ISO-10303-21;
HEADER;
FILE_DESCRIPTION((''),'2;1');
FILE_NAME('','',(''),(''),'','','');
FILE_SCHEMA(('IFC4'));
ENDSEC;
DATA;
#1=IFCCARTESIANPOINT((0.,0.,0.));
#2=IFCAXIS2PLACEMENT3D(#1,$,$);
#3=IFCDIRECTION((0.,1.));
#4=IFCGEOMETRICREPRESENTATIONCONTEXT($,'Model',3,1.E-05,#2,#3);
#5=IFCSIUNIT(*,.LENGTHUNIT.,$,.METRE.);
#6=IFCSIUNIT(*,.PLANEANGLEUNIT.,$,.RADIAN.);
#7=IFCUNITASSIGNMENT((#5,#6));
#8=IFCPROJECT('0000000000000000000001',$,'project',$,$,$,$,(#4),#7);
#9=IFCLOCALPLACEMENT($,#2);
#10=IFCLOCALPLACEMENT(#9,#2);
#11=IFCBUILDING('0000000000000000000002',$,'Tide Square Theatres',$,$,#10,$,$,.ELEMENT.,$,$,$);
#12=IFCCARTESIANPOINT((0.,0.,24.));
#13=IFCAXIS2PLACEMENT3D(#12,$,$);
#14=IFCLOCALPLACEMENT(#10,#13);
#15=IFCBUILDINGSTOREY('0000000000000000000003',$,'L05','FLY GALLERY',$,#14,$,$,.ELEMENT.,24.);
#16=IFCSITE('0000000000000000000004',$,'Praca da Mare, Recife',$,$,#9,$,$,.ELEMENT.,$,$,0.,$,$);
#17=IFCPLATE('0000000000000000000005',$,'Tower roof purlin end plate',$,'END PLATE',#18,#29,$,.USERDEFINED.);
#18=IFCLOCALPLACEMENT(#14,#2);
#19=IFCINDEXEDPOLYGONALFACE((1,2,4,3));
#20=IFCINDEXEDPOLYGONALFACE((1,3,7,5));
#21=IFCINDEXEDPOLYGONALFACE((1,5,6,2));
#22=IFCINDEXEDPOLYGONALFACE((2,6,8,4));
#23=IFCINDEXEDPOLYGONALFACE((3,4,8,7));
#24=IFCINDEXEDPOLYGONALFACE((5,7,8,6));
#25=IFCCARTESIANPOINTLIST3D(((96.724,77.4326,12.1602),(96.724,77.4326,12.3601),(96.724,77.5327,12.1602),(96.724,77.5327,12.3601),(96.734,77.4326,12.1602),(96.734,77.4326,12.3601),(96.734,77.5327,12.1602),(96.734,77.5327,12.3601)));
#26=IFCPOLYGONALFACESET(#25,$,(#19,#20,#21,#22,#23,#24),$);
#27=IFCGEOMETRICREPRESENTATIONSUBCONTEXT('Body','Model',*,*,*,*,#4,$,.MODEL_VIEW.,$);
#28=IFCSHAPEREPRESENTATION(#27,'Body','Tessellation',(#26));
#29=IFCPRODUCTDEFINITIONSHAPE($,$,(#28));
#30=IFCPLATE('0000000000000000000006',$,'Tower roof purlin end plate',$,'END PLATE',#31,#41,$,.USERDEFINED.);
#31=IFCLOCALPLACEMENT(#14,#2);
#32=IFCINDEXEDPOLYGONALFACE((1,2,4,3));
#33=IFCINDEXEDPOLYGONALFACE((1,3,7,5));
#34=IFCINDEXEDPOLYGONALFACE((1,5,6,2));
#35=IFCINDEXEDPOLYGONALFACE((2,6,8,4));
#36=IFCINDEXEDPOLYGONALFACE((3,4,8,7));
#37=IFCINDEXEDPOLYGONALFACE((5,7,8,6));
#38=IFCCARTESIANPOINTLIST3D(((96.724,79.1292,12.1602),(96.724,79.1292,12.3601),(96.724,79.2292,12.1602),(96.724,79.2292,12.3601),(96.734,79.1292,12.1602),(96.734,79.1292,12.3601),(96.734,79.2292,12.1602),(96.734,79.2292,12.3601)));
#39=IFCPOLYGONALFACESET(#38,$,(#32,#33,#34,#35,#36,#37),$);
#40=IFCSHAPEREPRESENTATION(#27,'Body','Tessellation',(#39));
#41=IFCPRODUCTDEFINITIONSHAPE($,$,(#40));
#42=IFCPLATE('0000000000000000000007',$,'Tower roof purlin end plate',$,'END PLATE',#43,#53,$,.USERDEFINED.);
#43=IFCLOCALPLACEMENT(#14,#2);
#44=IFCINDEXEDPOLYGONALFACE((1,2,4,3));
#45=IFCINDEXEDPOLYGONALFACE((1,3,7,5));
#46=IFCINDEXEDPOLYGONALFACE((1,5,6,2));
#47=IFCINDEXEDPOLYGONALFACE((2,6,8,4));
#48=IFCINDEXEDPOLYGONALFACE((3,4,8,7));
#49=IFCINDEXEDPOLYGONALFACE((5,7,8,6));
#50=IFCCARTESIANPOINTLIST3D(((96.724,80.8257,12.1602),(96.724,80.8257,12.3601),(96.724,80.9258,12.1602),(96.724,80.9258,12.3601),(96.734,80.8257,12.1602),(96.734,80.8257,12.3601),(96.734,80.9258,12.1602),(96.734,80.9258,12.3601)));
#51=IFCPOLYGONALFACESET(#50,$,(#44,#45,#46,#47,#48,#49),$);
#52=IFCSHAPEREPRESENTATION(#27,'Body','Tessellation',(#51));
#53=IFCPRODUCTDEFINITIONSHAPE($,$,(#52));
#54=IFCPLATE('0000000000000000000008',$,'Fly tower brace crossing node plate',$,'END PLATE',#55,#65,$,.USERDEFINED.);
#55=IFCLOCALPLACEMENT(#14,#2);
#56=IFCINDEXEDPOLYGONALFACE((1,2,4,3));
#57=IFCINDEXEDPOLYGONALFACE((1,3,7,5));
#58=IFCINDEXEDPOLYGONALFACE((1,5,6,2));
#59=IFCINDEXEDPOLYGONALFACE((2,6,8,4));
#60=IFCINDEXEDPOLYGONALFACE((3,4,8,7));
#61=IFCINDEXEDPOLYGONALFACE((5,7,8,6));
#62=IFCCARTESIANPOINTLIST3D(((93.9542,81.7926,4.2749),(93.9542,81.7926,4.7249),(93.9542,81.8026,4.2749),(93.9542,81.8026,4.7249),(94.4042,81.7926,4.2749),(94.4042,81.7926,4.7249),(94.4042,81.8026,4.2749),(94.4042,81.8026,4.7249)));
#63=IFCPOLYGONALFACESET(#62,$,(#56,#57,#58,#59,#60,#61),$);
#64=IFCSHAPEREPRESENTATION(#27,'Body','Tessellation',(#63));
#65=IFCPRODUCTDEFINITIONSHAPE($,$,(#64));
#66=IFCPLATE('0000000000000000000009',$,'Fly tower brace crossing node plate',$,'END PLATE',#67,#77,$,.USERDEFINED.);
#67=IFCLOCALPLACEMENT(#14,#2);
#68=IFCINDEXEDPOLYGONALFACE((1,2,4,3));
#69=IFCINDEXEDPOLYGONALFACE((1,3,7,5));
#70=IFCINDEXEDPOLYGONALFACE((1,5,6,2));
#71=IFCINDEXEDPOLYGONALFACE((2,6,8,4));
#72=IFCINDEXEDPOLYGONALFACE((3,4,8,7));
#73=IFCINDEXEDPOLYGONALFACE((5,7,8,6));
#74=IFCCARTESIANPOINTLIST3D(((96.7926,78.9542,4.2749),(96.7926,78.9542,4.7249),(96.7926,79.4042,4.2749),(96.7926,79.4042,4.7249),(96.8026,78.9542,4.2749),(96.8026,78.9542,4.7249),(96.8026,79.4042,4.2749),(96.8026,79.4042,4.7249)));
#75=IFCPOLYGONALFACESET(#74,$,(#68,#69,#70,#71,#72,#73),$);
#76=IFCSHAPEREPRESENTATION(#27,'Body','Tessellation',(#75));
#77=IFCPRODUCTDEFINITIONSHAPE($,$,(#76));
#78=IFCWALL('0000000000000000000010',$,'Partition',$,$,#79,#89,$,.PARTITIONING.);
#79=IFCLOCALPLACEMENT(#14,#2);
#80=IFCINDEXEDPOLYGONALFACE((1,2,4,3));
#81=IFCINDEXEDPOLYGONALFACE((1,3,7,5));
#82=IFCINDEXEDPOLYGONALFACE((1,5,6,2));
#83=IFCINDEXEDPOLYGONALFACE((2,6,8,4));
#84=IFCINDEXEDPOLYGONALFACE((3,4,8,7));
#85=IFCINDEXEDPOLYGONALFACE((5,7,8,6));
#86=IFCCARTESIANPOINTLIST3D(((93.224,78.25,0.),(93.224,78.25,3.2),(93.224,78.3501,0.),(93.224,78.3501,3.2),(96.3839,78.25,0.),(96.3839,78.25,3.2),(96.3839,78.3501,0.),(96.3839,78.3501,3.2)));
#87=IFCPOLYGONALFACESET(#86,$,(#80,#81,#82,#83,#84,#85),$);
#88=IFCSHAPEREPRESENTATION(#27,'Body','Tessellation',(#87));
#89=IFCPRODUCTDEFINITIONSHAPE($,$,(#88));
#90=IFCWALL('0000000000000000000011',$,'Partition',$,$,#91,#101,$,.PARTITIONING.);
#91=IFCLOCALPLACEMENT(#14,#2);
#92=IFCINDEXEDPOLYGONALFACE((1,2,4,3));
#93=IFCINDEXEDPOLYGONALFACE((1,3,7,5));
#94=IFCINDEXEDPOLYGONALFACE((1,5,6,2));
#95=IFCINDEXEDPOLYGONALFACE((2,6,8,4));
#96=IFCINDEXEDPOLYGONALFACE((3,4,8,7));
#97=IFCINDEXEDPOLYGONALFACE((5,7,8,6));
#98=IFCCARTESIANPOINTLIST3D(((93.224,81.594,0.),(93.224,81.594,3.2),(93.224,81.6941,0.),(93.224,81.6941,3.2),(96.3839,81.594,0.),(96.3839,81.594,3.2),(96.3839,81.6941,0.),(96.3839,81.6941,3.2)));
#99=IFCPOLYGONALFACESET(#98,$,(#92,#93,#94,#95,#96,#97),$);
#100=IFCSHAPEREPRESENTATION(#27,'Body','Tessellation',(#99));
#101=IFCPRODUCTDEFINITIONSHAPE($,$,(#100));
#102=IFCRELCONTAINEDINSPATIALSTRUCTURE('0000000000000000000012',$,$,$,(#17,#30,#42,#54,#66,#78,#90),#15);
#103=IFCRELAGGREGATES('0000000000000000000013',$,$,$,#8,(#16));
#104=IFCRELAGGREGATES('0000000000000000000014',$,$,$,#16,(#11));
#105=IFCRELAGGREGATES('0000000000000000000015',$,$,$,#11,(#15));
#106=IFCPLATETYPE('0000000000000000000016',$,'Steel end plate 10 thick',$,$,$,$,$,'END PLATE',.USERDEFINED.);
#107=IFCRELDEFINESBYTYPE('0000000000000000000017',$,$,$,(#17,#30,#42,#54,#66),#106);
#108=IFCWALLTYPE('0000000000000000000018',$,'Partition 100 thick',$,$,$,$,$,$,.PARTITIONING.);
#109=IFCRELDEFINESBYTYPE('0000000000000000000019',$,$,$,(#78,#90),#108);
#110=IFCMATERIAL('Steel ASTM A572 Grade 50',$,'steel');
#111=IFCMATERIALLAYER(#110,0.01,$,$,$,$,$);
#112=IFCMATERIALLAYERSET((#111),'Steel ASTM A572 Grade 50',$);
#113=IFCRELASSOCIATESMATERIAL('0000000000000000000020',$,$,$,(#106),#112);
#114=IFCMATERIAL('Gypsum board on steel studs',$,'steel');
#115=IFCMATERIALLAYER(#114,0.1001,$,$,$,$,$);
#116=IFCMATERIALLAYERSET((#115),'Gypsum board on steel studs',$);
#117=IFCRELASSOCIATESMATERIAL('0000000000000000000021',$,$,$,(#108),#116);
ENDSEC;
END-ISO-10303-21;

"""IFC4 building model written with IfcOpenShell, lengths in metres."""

from ifc_helpers import new_model, si_unit, direction, frame, frame_2d, origin, origin_2d, place, context, subcontext, project, spatial, rectangle, extrude, material, layer, layer_set, type_object, element, save


model = new_model("IFC4")

# Units and contexts
model_context = context("Model", 3, precision=1e-05, world=origin(), true_north=direction((0.0, 1.0)))
body_context = subcontext(model_context, "Body", "Model", "MODEL_VIEW")
ifc_project = project(units=[si_unit("LENGTHUNIT", "METRE"), si_unit("PLANEANGLEUNIT", "RADIAN")], contexts=[model_context])

# Site, building, storey
site_placement = place(None, origin())
site = spatial("IfcSite", under=ifc_project, at=site_placement, Name="Praca da Mare, Recife", CompositionType="ELEMENT", RefElevation=0.0)
building_placement = place(site_placement, origin())
building = spatial("IfcBuilding", under=site, at=building_placement, Name="Tide Square Theatres", CompositionType="ELEMENT")
storey_placement = place(building_placement, frame((0.0, 0.0, 24.0)))
storey = spatial("IfcBuildingStorey", under=building, at=storey_placement, Name="L05", Description="FLY GALLERY", CompositionType="ELEMENT", Elevation=24.0)

# Plates
ifc_material_1 = material(Name="Steel ASTM A572 Grade 50", Category="steel")
ifc_layer_1 = layer(ifc_material_1, 0.01)
ifc_layer_set_1 = layer_set([ifc_layer_1], Name="Steel ASTM A572 Grade 50")
plate_type = type_object("IfcPlateType", Name="Steel end plate 10 thick", ElementType="END PLATE", PredefinedType="USERDEFINED", material=ifc_layer_set_1)
for number, where, z_axis, x_axis, name in (
    (1, (96.729, 77.4827, 12.1602), (0.0, 0.0, 1.0), (1.0, 0.0, 0.0), "Tower roof purlin end plate"),
    (2, (96.729, 79.1792, 12.1602), (0.0, 0.0, 1.0), (1.0, 0.0, 0.0), "Tower roof purlin end plate"),
    (3, (96.729, 80.8757, 12.1602), (0.0, 0.0, 1.0), (1.0, 0.0, 0.0), "Tower roof purlin end plate"),
):
    element("IfcPlate", number, at=place(storey_placement, frame(where, z_axis=z_axis, x_axis=x_axis)), inside=storey, type_object=plate_type, Name=name, ObjectType="END PLATE", PredefinedType="USERDEFINED", context=body_context, shape_type="SweptSolid", body=[
        extrude(rectangle(XDim=0.01, YDim=0.1001, at=origin_2d()), origin(), (0.0, 0.0, 1.0), 0.2),
    ])
for number, where, z_axis, x_axis, name in (
    (4, (94.1792, 81.7976, 4.2749), (0.0, 0.0, 1.0), (0.0, 1.0, 0.0), "Fly tower brace crossing node plate"),
    (5, (96.7976, 79.1792, 4.2749), (0.0, 0.0, 1.0), (1.0, 0.0, 0.0), "Fly tower brace crossing node plate"),
):
    element("IfcPlate", number, at=place(storey_placement, frame(where, z_axis=z_axis, x_axis=x_axis)), inside=storey, type_object=plate_type, Name=name, ObjectType="END PLATE", PredefinedType="USERDEFINED", context=body_context, shape_type="SweptSolid", body=[
        extrude(rectangle(XDim=0.01, YDim=0.45, at=origin_2d()), origin(), (0.0, 0.0, 1.0), 0.45),
    ])

# Walls
ifc_material_2 = material(Name="Gypsum board on steel studs", Category="steel")
ifc_layer_2 = layer(ifc_material_2, 0.1001)
ifc_layer_set_2 = layer_set([ifc_layer_2], Name="Gypsum board on steel studs")
wall_type = type_object("IfcWallType", Name="Partition 100 thick", PredefinedType="PARTITIONING", material=ifc_layer_set_2)
for number, where, z_axis, x_axis, name in (
    (6, (96.384, 78.3, 0.0), (0.0, 0.0, 1.0), (-1.0, 0.0, 0.0), "Partition"),
    (7, (96.384, 81.644, 0.0), (0.0, 0.0, 1.0), (-1.0, 0.0, 0.0), "Partition"),
):
    element("IfcWall", number, at=place(storey_placement, frame(where, z_axis=z_axis, x_axis=x_axis)), inside=storey, type_object=wall_type, Name=name, PredefinedType="PARTITIONING", context=body_context, shape_type="SweptSolid", body=[
        extrude(rectangle(XDim=3.1599, YDim=0.1001, at=frame_2d((1.5801, 0.0))), origin(), (0.0, 0.0, 1.0), 3.2),
    ])

save(model, "model.ifc")
